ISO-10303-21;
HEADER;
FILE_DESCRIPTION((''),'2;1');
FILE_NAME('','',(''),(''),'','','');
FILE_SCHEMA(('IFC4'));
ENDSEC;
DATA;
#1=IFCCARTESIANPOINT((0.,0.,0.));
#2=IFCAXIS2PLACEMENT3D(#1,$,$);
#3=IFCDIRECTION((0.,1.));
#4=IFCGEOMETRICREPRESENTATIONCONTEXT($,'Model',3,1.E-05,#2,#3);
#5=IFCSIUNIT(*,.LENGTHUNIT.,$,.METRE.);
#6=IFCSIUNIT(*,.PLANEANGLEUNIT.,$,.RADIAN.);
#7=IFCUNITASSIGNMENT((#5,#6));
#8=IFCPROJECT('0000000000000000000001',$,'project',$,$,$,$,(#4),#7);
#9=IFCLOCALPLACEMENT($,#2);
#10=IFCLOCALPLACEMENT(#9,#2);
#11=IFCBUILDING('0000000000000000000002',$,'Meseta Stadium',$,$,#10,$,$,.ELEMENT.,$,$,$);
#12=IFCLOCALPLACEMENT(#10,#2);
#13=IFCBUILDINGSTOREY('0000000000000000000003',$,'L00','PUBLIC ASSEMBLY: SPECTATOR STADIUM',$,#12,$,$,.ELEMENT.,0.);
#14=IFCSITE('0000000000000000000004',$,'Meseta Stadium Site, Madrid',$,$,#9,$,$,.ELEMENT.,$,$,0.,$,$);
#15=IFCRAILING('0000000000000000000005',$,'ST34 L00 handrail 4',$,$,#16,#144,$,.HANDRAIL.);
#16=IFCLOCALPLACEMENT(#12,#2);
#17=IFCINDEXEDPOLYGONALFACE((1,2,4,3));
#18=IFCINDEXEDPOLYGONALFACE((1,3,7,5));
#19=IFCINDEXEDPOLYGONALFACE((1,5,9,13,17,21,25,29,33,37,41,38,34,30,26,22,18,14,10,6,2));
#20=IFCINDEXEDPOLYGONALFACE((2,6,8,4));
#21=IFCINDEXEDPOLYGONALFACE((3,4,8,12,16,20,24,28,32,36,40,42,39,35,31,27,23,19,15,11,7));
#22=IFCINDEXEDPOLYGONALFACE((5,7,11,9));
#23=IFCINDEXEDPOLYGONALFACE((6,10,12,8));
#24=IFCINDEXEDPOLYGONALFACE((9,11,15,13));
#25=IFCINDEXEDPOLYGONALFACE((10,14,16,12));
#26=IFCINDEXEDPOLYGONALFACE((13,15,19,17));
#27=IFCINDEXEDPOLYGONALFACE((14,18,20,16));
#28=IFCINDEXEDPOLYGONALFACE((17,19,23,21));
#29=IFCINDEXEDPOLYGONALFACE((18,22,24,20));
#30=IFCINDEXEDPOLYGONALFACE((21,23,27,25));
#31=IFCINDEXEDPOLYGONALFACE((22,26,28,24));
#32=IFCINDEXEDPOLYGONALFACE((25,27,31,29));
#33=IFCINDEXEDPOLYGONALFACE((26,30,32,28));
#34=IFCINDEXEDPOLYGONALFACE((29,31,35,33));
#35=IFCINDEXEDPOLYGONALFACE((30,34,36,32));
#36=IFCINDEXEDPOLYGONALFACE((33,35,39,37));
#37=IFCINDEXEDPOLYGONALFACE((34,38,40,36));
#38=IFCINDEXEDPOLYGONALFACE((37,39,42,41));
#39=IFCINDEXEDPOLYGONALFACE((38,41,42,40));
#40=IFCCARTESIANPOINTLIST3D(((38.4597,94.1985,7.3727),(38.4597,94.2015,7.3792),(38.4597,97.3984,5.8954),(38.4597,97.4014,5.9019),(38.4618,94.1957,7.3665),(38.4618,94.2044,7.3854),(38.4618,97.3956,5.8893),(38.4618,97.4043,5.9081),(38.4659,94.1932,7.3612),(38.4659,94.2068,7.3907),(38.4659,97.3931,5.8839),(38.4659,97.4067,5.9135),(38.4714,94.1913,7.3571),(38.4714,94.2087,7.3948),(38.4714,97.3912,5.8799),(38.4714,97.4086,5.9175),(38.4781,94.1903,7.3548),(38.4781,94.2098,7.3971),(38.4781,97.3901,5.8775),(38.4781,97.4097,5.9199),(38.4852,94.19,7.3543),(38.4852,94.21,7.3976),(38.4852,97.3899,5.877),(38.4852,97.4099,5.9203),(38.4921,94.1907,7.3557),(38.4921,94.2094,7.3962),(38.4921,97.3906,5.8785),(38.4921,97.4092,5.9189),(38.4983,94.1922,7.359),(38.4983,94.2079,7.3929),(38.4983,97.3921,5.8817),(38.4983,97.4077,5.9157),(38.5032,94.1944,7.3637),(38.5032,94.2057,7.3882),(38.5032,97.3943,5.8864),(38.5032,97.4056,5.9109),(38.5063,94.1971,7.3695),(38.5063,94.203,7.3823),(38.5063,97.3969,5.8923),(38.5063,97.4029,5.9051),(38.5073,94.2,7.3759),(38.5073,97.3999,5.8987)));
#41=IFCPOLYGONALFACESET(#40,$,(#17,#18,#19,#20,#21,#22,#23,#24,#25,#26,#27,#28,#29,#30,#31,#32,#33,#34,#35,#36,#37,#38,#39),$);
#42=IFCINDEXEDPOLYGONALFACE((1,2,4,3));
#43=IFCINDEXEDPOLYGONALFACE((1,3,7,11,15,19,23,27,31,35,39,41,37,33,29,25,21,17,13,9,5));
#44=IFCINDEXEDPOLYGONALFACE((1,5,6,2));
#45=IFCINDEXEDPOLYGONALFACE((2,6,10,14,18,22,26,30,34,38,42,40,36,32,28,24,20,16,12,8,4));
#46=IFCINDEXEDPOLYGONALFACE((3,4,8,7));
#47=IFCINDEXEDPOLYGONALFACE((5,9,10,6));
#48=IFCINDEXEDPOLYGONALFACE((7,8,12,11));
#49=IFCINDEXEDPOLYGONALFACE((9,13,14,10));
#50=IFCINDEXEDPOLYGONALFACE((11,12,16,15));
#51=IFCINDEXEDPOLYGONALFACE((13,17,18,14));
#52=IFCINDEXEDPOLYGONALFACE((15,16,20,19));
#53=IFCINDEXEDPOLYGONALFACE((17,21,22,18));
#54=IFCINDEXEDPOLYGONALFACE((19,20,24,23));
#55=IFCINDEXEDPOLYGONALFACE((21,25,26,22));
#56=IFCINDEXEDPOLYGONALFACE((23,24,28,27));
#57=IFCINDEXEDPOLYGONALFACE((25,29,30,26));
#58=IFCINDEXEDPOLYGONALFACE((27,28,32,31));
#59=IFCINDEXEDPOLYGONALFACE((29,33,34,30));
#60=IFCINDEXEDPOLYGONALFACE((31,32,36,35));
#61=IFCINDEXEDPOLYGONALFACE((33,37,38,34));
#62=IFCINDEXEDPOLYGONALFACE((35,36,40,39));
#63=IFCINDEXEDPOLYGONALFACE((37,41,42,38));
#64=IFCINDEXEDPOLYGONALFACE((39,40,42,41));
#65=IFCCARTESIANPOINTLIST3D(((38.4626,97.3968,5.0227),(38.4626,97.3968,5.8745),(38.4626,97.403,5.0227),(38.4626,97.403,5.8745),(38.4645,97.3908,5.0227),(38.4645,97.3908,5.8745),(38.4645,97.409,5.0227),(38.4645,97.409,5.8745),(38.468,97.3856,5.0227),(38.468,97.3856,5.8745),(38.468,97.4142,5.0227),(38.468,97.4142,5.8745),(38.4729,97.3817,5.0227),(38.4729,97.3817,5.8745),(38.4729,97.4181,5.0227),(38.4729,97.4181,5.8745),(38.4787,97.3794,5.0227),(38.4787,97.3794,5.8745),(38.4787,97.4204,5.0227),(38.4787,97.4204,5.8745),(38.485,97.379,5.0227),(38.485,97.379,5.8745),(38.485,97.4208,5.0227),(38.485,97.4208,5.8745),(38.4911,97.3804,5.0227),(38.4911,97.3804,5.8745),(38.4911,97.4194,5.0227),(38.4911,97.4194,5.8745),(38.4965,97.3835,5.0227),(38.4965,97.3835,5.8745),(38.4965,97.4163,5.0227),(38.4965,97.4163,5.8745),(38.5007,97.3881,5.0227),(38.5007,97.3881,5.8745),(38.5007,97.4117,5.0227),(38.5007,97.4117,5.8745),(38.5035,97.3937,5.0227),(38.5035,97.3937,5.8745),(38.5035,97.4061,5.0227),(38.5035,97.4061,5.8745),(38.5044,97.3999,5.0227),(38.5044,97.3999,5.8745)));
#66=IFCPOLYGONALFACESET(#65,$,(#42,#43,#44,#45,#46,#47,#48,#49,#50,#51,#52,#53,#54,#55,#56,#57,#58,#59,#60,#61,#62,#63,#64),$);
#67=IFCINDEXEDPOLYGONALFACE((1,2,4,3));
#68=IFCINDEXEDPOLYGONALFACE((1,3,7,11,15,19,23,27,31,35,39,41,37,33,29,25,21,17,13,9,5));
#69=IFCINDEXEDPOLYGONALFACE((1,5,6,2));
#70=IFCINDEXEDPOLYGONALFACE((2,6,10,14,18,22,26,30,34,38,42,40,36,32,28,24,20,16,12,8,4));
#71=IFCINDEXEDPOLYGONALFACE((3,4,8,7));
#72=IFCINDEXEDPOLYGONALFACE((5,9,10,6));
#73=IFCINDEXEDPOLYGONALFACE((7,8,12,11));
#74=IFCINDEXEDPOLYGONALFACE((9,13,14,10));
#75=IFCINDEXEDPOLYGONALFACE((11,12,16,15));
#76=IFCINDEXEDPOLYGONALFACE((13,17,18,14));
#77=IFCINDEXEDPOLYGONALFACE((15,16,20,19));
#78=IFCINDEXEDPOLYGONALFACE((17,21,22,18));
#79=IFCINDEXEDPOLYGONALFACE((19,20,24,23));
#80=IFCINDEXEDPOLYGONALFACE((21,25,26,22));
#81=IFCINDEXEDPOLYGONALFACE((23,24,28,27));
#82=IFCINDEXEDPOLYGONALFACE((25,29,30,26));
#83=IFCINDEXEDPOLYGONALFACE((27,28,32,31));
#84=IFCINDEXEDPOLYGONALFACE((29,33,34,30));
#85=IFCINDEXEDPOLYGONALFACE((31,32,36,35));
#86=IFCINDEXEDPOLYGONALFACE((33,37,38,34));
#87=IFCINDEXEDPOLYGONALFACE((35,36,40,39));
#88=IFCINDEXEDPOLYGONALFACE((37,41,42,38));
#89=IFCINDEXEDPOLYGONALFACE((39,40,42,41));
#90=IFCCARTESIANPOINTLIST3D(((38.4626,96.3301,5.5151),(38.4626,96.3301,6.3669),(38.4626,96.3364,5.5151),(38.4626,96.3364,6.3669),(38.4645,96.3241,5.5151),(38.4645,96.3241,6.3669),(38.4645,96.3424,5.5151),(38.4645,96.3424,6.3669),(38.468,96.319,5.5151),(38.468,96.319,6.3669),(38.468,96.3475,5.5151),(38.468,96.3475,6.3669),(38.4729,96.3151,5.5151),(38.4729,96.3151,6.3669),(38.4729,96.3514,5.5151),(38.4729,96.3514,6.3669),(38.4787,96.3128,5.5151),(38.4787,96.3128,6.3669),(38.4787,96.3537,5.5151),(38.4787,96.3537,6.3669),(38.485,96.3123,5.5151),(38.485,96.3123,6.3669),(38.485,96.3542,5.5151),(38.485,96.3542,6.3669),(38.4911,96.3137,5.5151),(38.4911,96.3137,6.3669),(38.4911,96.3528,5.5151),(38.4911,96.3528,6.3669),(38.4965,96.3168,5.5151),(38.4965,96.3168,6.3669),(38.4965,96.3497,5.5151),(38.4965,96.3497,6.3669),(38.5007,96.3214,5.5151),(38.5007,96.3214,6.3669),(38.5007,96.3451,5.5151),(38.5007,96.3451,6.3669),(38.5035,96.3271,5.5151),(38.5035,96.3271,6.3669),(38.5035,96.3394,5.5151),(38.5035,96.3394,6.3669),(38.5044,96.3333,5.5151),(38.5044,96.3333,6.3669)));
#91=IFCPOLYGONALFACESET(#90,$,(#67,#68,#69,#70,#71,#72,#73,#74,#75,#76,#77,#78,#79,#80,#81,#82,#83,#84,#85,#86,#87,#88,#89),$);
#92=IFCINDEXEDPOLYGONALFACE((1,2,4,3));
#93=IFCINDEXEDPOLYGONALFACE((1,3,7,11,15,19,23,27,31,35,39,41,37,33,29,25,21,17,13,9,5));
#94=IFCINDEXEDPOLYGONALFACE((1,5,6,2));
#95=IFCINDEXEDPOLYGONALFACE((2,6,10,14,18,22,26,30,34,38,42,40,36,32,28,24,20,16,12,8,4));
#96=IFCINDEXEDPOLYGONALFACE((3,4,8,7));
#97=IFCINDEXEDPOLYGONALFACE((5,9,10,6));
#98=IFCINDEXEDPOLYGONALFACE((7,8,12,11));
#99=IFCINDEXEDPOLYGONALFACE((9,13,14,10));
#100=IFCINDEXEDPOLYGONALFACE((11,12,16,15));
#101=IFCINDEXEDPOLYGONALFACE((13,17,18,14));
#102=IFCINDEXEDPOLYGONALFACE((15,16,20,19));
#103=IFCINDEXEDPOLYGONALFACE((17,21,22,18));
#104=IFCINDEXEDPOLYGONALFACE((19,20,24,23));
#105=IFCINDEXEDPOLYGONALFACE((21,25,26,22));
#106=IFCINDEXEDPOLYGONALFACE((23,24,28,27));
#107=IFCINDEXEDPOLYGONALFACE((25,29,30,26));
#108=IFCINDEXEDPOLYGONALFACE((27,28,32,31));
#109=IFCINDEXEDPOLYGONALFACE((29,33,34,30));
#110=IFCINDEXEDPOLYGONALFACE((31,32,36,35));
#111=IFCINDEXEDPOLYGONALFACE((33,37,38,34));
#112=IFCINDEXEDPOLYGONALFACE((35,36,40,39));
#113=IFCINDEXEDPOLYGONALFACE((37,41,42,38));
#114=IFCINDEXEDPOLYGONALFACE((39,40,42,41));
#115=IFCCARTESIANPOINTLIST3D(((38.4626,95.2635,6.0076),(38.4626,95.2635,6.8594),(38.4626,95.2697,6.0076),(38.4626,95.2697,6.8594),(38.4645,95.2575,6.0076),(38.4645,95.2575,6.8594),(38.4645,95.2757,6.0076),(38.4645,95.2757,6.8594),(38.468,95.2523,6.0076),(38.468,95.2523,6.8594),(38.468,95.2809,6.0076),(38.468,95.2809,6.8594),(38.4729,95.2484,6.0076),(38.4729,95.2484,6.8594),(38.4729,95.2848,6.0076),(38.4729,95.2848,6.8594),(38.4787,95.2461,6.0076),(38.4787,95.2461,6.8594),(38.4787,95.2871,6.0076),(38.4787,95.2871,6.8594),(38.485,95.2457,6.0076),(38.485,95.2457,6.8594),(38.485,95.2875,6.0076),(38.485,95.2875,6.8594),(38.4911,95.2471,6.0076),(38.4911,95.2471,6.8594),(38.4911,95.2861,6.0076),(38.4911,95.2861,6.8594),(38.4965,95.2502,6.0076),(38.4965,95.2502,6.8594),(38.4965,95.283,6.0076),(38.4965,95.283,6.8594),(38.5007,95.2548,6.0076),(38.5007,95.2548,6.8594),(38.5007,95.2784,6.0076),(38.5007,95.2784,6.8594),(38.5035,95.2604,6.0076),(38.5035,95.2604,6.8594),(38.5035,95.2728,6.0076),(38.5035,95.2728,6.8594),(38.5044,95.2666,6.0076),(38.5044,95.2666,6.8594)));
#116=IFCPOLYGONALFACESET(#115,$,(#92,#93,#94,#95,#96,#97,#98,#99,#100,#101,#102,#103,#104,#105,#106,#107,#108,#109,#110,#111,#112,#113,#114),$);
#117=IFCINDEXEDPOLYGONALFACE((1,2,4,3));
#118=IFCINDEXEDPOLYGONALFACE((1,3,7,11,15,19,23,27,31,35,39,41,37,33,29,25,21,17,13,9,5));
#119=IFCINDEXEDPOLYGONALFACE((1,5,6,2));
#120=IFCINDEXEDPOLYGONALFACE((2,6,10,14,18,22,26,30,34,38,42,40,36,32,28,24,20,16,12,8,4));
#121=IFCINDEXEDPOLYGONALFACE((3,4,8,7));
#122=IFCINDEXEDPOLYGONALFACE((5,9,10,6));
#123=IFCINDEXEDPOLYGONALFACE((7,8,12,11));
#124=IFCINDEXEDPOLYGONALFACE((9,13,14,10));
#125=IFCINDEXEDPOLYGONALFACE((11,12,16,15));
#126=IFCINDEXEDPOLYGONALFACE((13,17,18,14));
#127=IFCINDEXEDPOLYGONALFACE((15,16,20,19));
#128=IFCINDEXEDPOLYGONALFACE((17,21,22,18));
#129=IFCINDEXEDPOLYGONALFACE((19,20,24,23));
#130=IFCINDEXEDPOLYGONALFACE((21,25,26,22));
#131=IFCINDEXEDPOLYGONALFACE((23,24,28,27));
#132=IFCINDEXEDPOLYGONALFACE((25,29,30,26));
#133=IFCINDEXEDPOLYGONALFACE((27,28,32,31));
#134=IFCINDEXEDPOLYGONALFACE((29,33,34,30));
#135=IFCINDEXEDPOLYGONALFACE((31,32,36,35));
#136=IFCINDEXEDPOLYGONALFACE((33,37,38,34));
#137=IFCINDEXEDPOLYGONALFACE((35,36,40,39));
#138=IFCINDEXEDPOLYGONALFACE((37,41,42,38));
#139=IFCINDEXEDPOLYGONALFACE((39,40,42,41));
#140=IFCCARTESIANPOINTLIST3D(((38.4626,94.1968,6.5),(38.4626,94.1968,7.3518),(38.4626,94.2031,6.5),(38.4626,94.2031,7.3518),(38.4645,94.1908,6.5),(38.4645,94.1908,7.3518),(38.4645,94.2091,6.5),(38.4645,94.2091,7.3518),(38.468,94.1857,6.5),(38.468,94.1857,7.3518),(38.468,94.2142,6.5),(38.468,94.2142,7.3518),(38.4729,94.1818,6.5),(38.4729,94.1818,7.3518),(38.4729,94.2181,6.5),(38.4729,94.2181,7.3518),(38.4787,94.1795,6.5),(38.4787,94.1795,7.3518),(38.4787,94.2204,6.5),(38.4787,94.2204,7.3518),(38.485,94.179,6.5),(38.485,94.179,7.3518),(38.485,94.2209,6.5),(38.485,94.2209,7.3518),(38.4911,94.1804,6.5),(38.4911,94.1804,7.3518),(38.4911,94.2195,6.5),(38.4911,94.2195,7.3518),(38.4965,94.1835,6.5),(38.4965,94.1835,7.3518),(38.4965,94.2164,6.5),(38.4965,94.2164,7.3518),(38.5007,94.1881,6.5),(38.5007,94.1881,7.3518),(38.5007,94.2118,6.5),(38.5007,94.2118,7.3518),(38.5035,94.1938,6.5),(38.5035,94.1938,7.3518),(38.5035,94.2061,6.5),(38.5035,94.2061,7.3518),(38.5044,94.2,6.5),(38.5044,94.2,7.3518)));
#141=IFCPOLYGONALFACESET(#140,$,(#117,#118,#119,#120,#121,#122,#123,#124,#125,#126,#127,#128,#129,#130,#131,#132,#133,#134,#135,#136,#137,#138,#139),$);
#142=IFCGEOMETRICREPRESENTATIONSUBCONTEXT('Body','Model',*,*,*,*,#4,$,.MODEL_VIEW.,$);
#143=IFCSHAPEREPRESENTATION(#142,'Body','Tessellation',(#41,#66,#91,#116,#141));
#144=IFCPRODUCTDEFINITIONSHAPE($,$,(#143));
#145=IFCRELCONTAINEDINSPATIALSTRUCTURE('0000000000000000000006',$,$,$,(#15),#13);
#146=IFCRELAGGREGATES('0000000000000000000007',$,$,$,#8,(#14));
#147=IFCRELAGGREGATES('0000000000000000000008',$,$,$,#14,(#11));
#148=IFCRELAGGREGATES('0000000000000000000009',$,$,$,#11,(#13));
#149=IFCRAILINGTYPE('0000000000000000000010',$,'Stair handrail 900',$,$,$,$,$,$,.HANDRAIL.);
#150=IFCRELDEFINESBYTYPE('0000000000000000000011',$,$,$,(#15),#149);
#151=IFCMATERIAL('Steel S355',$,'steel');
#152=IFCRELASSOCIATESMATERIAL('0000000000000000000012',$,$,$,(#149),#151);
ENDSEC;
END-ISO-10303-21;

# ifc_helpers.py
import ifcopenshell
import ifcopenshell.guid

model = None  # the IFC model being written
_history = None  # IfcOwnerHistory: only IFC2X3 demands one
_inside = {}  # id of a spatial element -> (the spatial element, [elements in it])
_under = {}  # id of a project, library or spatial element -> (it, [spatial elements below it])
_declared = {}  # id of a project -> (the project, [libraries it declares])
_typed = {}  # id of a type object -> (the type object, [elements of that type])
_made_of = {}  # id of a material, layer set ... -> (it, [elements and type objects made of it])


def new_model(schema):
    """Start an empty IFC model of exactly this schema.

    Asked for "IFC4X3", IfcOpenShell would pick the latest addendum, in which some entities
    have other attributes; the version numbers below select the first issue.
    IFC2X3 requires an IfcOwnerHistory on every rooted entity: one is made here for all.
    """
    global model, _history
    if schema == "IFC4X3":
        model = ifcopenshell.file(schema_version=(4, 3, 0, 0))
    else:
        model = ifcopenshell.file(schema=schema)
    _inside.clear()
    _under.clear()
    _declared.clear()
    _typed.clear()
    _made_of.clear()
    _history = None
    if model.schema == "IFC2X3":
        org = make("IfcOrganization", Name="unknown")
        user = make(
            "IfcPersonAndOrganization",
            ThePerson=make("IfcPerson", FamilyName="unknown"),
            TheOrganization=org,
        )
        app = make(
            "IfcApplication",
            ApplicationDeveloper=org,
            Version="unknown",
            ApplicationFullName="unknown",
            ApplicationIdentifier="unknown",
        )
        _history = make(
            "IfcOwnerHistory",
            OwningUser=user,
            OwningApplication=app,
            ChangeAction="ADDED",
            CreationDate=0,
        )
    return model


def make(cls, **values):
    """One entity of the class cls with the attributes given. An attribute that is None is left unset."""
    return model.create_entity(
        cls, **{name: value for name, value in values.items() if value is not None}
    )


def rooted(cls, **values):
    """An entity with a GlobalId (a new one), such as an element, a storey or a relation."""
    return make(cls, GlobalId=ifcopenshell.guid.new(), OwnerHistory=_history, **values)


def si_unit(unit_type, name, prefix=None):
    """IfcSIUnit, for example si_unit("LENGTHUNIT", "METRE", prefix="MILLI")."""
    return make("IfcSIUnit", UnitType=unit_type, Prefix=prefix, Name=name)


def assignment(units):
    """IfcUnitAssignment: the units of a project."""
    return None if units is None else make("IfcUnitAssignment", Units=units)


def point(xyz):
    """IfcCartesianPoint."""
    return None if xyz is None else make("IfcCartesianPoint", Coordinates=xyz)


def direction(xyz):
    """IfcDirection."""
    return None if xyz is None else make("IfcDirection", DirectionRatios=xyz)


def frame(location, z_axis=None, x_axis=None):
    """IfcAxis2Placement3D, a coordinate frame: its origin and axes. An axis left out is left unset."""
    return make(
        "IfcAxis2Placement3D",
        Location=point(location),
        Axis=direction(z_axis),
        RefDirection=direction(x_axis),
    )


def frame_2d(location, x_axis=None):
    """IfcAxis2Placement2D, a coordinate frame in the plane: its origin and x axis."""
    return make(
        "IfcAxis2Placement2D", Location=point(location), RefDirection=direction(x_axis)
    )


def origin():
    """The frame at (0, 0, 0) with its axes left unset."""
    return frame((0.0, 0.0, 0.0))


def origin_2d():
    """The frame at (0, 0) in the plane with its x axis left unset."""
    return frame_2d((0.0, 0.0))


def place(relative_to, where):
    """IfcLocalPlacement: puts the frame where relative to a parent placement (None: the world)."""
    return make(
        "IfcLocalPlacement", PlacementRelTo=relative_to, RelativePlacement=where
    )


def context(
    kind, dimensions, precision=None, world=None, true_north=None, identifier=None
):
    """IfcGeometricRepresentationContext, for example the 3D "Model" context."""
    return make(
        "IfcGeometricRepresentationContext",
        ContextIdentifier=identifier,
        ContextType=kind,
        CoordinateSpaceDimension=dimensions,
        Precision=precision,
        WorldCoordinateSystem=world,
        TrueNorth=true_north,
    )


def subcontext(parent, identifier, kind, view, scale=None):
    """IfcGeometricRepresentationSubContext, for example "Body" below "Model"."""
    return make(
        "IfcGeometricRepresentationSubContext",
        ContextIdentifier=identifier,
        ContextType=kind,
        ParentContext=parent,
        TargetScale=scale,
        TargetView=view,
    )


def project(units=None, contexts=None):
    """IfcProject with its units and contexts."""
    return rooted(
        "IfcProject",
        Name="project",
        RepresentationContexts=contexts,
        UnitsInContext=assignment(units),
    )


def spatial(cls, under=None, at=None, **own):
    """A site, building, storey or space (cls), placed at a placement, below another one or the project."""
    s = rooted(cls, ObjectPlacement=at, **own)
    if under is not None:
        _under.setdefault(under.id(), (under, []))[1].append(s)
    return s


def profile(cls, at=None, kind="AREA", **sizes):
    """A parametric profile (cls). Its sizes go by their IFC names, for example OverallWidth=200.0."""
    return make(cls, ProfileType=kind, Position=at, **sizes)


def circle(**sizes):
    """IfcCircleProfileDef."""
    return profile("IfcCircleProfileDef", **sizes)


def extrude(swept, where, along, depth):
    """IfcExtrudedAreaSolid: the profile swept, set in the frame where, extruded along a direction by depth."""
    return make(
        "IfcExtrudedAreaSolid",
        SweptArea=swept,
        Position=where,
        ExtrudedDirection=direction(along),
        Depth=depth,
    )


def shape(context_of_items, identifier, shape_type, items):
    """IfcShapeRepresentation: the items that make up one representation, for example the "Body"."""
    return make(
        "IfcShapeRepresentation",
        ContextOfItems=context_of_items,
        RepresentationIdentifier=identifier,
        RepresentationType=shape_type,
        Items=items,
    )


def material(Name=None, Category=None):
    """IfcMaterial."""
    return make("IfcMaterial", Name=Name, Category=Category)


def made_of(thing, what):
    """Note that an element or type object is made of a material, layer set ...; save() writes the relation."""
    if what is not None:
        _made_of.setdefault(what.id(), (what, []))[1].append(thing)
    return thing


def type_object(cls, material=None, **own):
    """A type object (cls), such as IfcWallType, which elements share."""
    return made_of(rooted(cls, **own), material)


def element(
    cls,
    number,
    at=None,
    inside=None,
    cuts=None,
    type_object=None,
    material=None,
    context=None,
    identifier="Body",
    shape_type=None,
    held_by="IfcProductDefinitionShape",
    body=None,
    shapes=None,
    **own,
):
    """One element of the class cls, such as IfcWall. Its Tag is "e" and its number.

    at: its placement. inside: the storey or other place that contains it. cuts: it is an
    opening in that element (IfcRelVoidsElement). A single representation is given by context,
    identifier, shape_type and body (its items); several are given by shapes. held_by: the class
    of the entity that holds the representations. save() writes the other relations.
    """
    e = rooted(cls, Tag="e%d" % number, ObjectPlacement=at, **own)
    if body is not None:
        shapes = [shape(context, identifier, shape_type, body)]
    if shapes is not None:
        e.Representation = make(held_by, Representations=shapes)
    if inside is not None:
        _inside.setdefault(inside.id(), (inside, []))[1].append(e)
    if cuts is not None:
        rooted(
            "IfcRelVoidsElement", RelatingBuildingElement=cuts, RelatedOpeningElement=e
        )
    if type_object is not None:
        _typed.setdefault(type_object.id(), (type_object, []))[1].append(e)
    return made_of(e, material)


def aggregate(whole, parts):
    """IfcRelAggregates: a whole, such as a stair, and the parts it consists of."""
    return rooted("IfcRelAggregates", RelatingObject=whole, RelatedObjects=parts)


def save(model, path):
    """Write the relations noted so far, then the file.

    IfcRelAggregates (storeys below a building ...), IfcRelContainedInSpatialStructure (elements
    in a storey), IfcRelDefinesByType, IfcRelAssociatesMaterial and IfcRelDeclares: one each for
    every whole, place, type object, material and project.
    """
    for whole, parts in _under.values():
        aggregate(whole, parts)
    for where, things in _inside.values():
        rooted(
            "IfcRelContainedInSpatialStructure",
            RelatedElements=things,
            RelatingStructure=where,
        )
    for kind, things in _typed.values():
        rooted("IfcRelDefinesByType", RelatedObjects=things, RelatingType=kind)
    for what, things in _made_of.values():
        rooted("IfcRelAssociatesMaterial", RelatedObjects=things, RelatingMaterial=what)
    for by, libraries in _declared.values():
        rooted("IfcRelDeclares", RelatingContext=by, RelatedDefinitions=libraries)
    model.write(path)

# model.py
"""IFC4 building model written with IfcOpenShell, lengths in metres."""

from ifc_helpers import new_model, si_unit, direction, frame, origin, origin_2d, place, context, subcontext, project, spatial, circle, extrude, material, type_object, element, save


model = new_model("IFC4")

# Units and contexts
model_context = context("Model", 3, precision=1e-05, world=origin(), true_north=direction((0.0, 1.0)))
body_context = subcontext(model_context, "Body", "Model", "MODEL_VIEW")
ifc_project = project(units=[si_unit("LENGTHUNIT", "METRE"), si_unit("PLANEANGLEUNIT", "RADIAN")], contexts=[model_context])

# Site, building, storey
site_placement = place(None, origin())
site = spatial("IfcSite", under=ifc_project, at=site_placement, Name="Meseta Stadium Site, Madrid", CompositionType="ELEMENT", RefElevation=0.0)
building_placement = place(site_placement, origin())
building = spatial("IfcBuilding", under=site, at=building_placement, Name="Meseta Stadium", CompositionType="ELEMENT")
storey_placement = place(building_placement, origin())
storey = spatial("IfcBuildingStorey", under=building, at=storey_placement, Name="L00", Description="PUBLIC ASSEMBLY: SPECTATOR STADIUM", CompositionType="ELEMENT", Elevation=0.0)

# Railing
ifc_material_1 = material(Name="Steel S355", Category="steel")
railing_type_1 = type_object("IfcRailingType", Name="Stair handrail 900", PredefinedType="HANDRAIL", material=ifc_material_1)
for number, where, name in (
    (1, (38.4834, 97.3999, 5.0227), "ST34 L00 handrail 4"),
):
    element("IfcRailing", number, at=place(storey_placement, frame(where)), inside=storey, type_object=railing_type_1, Name=name, PredefinedType="HANDRAIL", context=body_context, shape_type="SweptSolid", body=[
        extrude(circle(Radius=0.0239, at=origin_2d()), frame((0.0, 0.0, 0.876), z_axis=(0.0, -0.907917, 0.41915), x_axis=(1.0, 0.0, 0.0)), (0.0, 0.0, 1.0), 3.5244),
        extrude(circle(Radius=0.021, at=origin_2d()), origin(), (0.0, 0.0, 1.0), 0.8518),
        extrude(circle(Radius=0.021, at=origin_2d()), frame((0.0, -1.0667, 0.4924)), (0.0, 0.0, 1.0), 0.8518),
        extrude(circle(Radius=0.021, at=origin_2d()), frame((0.0, -2.1333, 0.9849)), (0.0, 0.0, 1.0), 0.8518),
        extrude(circle(Radius=0.021, at=origin_2d()), frame((0.0, -3.2, 1.4773)), (0.0, 0.0, 1.0), 0.8518),
    ])

save(model, "model.ifc")
